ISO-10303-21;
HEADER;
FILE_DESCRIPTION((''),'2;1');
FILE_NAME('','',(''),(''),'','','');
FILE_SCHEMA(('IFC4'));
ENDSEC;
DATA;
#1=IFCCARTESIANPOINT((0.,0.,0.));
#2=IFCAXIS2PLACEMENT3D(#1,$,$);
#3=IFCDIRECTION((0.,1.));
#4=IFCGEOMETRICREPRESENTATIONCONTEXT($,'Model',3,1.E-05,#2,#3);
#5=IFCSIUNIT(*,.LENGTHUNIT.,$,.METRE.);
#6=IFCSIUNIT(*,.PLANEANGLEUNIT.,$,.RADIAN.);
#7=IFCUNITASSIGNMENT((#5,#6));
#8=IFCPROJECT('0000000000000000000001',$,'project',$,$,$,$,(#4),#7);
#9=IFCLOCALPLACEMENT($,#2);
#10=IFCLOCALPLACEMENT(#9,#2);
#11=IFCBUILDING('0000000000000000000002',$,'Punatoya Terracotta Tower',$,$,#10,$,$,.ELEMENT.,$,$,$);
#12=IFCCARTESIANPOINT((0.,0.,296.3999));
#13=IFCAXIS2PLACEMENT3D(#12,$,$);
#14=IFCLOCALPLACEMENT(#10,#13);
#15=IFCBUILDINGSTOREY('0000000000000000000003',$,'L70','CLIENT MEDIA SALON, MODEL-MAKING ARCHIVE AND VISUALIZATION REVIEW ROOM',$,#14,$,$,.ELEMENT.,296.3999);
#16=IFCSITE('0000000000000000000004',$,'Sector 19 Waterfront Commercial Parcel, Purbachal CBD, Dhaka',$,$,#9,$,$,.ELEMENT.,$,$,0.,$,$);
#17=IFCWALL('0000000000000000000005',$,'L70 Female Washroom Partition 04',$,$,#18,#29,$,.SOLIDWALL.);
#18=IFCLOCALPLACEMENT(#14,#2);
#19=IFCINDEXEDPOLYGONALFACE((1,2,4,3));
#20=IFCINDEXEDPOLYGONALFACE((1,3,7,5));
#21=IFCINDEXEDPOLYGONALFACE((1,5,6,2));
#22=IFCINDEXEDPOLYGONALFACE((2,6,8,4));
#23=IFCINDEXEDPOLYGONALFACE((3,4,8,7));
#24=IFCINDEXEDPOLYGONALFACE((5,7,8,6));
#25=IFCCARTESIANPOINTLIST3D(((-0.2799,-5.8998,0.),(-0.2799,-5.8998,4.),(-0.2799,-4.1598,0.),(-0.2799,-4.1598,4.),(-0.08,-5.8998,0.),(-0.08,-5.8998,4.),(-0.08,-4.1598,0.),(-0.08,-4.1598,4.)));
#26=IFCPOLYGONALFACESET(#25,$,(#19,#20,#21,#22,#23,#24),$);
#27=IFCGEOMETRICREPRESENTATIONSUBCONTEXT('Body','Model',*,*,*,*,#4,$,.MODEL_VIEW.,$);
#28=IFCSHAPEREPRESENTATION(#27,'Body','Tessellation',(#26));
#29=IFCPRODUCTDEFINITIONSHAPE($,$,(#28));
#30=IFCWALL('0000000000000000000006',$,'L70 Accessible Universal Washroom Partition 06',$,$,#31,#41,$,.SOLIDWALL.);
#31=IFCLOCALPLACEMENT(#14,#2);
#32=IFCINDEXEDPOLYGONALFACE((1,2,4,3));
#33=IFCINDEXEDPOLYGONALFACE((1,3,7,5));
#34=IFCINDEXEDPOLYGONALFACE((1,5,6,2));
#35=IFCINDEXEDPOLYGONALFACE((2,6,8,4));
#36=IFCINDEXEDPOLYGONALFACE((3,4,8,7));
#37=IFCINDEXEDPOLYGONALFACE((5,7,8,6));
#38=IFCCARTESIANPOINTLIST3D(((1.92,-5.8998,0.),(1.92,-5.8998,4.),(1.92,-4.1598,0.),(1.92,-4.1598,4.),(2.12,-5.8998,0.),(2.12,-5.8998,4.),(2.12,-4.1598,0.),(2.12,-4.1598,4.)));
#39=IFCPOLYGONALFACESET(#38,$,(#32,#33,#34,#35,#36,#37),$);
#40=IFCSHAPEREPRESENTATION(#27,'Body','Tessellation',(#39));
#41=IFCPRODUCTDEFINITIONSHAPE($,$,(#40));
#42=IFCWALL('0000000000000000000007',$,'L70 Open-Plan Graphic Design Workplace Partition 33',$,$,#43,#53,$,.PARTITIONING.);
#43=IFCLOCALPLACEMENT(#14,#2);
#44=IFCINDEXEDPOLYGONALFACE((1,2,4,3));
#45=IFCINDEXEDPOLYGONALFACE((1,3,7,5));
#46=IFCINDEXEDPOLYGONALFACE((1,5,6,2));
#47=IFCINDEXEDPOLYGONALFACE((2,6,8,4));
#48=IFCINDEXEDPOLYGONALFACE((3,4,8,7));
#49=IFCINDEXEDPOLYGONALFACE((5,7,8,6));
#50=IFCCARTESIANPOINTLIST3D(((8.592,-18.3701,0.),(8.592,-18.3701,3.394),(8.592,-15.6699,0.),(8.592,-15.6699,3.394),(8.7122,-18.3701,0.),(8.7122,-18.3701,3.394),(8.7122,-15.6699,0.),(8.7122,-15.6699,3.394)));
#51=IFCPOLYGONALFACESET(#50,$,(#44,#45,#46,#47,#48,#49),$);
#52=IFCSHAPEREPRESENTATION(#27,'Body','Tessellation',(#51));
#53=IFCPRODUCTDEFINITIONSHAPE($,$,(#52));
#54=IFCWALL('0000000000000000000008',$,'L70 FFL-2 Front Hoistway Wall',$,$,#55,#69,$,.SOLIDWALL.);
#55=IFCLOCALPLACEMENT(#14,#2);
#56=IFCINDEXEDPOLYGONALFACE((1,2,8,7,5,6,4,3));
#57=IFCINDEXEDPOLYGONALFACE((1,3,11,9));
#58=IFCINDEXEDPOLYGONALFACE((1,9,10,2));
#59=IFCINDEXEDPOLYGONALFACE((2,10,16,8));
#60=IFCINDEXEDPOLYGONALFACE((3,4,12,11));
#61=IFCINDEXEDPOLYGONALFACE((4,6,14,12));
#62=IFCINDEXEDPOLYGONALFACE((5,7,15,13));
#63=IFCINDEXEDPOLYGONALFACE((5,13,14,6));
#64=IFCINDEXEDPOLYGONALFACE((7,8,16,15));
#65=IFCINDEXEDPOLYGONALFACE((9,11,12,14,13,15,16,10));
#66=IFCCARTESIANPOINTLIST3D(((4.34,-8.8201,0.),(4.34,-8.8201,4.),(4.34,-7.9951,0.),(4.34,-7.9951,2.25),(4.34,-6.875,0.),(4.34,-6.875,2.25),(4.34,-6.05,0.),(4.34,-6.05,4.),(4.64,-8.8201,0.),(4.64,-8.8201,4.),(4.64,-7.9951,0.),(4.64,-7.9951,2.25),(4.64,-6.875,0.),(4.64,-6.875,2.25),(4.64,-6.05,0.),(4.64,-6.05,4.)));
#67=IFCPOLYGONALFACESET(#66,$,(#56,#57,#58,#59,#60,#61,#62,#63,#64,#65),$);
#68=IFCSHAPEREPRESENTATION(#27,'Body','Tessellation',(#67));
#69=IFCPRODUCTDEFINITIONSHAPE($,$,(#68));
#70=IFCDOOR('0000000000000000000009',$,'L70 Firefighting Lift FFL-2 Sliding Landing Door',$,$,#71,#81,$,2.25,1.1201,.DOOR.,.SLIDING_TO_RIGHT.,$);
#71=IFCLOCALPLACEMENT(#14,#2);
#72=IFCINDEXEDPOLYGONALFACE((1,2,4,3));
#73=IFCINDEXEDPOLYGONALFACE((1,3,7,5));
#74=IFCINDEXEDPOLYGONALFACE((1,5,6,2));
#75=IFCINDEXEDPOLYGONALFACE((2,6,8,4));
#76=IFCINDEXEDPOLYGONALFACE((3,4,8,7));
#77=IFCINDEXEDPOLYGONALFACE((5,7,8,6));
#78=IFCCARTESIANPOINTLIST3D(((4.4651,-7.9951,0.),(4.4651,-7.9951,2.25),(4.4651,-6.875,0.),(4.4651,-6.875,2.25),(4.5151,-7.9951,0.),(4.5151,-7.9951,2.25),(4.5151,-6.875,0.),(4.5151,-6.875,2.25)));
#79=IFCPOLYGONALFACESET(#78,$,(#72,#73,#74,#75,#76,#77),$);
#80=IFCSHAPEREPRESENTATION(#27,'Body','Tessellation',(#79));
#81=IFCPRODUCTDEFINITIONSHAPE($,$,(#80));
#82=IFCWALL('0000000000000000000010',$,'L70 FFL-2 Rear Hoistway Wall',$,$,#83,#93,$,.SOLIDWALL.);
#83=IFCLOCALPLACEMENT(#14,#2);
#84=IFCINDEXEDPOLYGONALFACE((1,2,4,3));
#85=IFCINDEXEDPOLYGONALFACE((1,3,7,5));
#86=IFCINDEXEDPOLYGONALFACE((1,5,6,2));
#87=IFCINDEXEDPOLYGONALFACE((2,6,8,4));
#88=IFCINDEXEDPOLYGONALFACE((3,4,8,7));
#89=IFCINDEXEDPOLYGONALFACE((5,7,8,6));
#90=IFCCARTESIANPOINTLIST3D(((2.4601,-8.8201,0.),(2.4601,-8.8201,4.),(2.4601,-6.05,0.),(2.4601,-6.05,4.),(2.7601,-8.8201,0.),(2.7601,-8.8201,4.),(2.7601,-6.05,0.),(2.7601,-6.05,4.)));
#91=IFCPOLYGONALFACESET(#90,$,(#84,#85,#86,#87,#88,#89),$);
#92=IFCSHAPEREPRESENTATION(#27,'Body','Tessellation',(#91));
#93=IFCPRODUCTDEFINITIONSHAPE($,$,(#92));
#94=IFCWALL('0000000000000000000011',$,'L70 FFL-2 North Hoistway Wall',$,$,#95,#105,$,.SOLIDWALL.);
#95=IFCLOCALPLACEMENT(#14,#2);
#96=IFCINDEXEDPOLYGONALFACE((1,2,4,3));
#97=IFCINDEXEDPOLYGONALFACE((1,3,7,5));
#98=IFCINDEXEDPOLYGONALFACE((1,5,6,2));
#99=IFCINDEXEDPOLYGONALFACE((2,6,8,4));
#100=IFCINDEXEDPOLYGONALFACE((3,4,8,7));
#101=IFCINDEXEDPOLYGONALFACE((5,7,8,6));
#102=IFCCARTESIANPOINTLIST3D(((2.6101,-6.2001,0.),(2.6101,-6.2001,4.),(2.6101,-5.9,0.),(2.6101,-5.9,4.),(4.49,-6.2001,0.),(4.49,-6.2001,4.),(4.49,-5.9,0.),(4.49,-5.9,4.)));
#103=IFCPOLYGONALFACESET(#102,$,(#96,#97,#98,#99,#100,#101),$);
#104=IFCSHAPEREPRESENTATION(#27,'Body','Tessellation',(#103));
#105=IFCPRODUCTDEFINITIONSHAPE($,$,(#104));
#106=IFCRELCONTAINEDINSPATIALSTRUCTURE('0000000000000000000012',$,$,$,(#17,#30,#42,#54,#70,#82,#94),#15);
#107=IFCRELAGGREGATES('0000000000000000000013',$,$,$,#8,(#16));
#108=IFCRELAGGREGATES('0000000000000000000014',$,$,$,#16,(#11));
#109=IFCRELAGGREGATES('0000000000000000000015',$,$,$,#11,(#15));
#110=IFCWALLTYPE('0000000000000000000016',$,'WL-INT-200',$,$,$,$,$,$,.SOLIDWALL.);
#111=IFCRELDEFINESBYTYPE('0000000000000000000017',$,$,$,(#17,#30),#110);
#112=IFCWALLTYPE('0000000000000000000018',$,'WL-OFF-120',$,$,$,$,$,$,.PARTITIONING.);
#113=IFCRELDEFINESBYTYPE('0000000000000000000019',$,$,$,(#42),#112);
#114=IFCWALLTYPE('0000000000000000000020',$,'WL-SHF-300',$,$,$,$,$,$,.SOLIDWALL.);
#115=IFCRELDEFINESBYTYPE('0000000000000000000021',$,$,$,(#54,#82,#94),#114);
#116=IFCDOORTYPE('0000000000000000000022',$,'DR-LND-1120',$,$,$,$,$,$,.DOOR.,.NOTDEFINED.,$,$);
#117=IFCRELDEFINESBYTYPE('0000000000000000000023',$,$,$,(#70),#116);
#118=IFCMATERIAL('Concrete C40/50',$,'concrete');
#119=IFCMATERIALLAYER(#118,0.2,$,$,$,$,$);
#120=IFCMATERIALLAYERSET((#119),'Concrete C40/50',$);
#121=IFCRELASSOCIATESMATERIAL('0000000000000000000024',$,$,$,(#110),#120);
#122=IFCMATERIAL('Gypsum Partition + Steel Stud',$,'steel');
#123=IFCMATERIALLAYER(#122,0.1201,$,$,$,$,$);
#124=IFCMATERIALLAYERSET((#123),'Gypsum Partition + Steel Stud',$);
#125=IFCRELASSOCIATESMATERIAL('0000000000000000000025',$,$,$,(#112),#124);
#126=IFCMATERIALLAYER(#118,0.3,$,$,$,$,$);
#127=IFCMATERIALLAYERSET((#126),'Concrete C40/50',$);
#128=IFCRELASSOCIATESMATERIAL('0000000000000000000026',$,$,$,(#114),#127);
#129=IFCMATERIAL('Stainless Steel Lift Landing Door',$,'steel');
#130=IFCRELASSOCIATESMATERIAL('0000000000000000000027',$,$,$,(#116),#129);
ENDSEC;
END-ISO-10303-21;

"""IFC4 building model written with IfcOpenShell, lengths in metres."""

from ifc_helpers import new_model, si_unit, direction, frame, frame_2d, origin, place, context, subcontext, project, spatial, rectangle, extrude, material, layer, layer_set, type_object, element, fill, save


model = new_model("IFC4")

# Units and contexts
model_context = context("Model", 3, precision=1e-05, world=origin(), true_north=direction((0.0, 1.0)))
body_context = subcontext(model_context, "Body", "Model", "MODEL_VIEW")
ifc_project = project(units=[si_unit("LENGTHUNIT", "METRE"), si_unit("PLANEANGLEUNIT", "RADIAN")], contexts=[model_context])

# Site, building, storey
site_placement = place(None, origin())
site = spatial("IfcSite", under=ifc_project, at=site_placement, Name="Sector 19 Waterfront Commercial Parcel, Purbachal CBD, Dhaka", CompositionType="ELEMENT", RefElevation=0.0)
building_placement = place(site_placement, origin())
building = spatial("IfcBuilding", under=site, at=building_placement, Name="Punatoya Terracotta Tower", CompositionType="ELEMENT")
storey_placement = place(building_placement, frame((0.0, 0.0, 296.3999)))
storey = spatial("IfcBuildingStorey", under=building, at=storey_placement, Name="L70", Description="CLIENT MEDIA SALON, MODEL-MAKING ARCHIVE AND VISUALIZATION REVIEW ROOM", CompositionType="ELEMENT", Elevation=296.3999)

# Walls
ifc_material_1 = material(Name="Concrete C40/50", Category="concrete")
ifc_layer_1 = layer(ifc_material_1, 0.2)
ifc_layer_set_1 = layer_set([ifc_layer_1], Name="Concrete C40/50")
wall_type_1 = type_object("IfcWallType", Name="WL-INT-200", PredefinedType="SOLIDWALL", material=ifc_layer_set_1)
for number, where, z_axis, x_axis, name in (
    (1, (-0.1799, -5.8999, 0.0), (0.0, 0.0, 1.0), (0.0, 1.0, 0.0), "L70 Female Washroom Partition 04"),
    (2, (2.02, -5.8999, 0.0), (0.0, 0.0, 1.0), (0.0, 1.0, 0.0), "L70 Accessible Universal Washroom Partition 06"),
):
    element("IfcWall", number, at=place(storey_placement, frame(where, z_axis=z_axis, x_axis=x_axis)), inside=storey, type_object=wall_type_1, Name=name, PredefinedType="SOLIDWALL", context=body_context, shape_type="SweptSolid", body=[
        extrude(rectangle(XDim=1.74, YDim=0.2, at=frame_2d((0.8701, 0.0))), origin(), (0.0, 0.0, 1.0), 4.0),
    ])
ifc_material_2 = material(Name="Gypsum Partition + Steel Stud", Category="steel")
ifc_layer_2 = layer(ifc_material_2, 0.1201)
ifc_layer_set_2 = layer_set([ifc_layer_2], Name="Gypsum Partition + Steel Stud")
wall_type_2 = type_object("IfcWallType", Name="WL-OFF-120", PredefinedType="PARTITIONING", material=ifc_layer_set_2)
wall_1_placement = place(storey_placement, frame((8.6521, -15.6699, 0.0), z_axis=(0.0, 0.0, 1.0), x_axis=(0.0, -1.0, 0.0)))
element("IfcWall", 3, at=wall_1_placement, inside=storey, type_object=wall_type_2, Name="L70 Open-Plan Graphic Design Workplace Partition 33", PredefinedType="PARTITIONING", context=body_context, shape_type="SweptSolid", body=[
    extrude(rectangle(XDim=2.7002, YDim=0.1201, at=frame_2d((1.3501, 0.0))), origin(), (0.0, 0.0, 1.0), 3.394),
])

# Wall, opening, door
ifc_layer_3 = layer(ifc_material_1, 0.3)
ifc_layer_set_3 = layer_set([ifc_layer_3], Name="Concrete C40/50")
wall_type_3 = type_object("IfcWallType", Name="WL-SHF-300", PredefinedType="SOLIDWALL", material=ifc_layer_set_3)
wall_2_placement = place(storey_placement, frame((4.49, -8.8201, 0.0), z_axis=(0.0, 0.0, 1.0), x_axis=(0.0, 1.0, 0.0)))
wall_2 = element("IfcWall", 4, at=wall_2_placement, inside=storey, type_object=wall_type_3, Name="L70 FFL-2 Front Hoistway Wall", PredefinedType="SOLIDWALL", context=body_context, shape_type="SweptSolid", body=[
    extrude(rectangle(XDim=2.77, YDim=0.3, at=frame_2d((1.385, 0.0))), origin(), (0.0, 0.0, 1.0), 4.0),
])
opening_1_placement = place(wall_2_placement, frame((0.825, 0.0, 0.0)))
opening_1 = element("IfcOpeningElement", 5, at=opening_1_placement, cuts=wall_2, PredefinedType="OPENING", context=body_context, shape_type="SweptSolid", body=[
    extrude(rectangle(XDim=1.1201, YDim=2.25, at=frame_2d((0.5601, 1.125))), frame((0.0, 0.1599, 0.0), z_axis=(0.0, -1.0, 0.0), x_axis=(1.0, 0.0, 0.0)), (0.0, 0.0, 1.0), 0.3201),
])
ifc_material_3 = material(Name="Stainless Steel Lift Landing Door", Category="steel")
door_type_1 = type_object("IfcDoorType", Name="DR-LND-1120", OperationType="NOTDEFINED", PredefinedType="DOOR", material=ifc_material_3)
door_1_placement = place(opening_1_placement, origin())
door_1 = element("IfcDoor", 6, at=door_1_placement, inside=storey, type_object=door_type_1, Name="L70 Firefighting Lift FFL-2 Sliding Landing Door", OperationType="SLIDING_TO_RIGHT", OverallHeight=2.25, OverallWidth=1.1201, PredefinedType="DOOR", context=body_context, shape_type="SweptSolid", body=[
    extrude(rectangle(XDim=1.1201, YDim=2.25, at=frame_2d((0.5601, 1.125))), frame((0.0, 0.0249, 0.0), z_axis=(0.0, -1.0, 0.0), x_axis=(1.0, 0.0, 0.0)), (0.0, 0.0, 1.0), 0.05),
])
fill(opening_1, door_1)

# Walls
wall_3_placement = place(storey_placement, frame((2.6101, -8.8201, 0.0), z_axis=(0.0, 0.0, 1.0), x_axis=(0.0, 1.0, 0.0)))
element("IfcWall", 7, at=wall_3_placement, inside=storey, type_object=wall_type_3, Name="L70 FFL-2 Rear Hoistway Wall", PredefinedType="SOLIDWALL", context=body_context, shape_type="SweptSolid", body=[
    extrude(rectangle(XDim=2.77, YDim=0.3, at=frame_2d((1.385, 0.0))), origin(), (0.0, 0.0, 1.0), 4.0),
])
wall_4_placement = place(storey_placement, frame((2.6101, -6.05, 0.0), z_axis=(0.0, 0.0, 1.0), x_axis=(1.0, 0.0, 0.0)))
element("IfcWall", 8, at=wall_4_placement, inside=storey, type_object=wall_type_3, Name="L70 FFL-2 North Hoistway Wall", PredefinedType="SOLIDWALL", context=body_context, shape_type="SweptSolid", body=[
    extrude(rectangle(XDim=1.8799, YDim=0.3, at=frame_2d((0.9399, 0.0))), origin(), (0.0, 0.0, 1.0), 4.0),
])

save(model, "model.ifc")
